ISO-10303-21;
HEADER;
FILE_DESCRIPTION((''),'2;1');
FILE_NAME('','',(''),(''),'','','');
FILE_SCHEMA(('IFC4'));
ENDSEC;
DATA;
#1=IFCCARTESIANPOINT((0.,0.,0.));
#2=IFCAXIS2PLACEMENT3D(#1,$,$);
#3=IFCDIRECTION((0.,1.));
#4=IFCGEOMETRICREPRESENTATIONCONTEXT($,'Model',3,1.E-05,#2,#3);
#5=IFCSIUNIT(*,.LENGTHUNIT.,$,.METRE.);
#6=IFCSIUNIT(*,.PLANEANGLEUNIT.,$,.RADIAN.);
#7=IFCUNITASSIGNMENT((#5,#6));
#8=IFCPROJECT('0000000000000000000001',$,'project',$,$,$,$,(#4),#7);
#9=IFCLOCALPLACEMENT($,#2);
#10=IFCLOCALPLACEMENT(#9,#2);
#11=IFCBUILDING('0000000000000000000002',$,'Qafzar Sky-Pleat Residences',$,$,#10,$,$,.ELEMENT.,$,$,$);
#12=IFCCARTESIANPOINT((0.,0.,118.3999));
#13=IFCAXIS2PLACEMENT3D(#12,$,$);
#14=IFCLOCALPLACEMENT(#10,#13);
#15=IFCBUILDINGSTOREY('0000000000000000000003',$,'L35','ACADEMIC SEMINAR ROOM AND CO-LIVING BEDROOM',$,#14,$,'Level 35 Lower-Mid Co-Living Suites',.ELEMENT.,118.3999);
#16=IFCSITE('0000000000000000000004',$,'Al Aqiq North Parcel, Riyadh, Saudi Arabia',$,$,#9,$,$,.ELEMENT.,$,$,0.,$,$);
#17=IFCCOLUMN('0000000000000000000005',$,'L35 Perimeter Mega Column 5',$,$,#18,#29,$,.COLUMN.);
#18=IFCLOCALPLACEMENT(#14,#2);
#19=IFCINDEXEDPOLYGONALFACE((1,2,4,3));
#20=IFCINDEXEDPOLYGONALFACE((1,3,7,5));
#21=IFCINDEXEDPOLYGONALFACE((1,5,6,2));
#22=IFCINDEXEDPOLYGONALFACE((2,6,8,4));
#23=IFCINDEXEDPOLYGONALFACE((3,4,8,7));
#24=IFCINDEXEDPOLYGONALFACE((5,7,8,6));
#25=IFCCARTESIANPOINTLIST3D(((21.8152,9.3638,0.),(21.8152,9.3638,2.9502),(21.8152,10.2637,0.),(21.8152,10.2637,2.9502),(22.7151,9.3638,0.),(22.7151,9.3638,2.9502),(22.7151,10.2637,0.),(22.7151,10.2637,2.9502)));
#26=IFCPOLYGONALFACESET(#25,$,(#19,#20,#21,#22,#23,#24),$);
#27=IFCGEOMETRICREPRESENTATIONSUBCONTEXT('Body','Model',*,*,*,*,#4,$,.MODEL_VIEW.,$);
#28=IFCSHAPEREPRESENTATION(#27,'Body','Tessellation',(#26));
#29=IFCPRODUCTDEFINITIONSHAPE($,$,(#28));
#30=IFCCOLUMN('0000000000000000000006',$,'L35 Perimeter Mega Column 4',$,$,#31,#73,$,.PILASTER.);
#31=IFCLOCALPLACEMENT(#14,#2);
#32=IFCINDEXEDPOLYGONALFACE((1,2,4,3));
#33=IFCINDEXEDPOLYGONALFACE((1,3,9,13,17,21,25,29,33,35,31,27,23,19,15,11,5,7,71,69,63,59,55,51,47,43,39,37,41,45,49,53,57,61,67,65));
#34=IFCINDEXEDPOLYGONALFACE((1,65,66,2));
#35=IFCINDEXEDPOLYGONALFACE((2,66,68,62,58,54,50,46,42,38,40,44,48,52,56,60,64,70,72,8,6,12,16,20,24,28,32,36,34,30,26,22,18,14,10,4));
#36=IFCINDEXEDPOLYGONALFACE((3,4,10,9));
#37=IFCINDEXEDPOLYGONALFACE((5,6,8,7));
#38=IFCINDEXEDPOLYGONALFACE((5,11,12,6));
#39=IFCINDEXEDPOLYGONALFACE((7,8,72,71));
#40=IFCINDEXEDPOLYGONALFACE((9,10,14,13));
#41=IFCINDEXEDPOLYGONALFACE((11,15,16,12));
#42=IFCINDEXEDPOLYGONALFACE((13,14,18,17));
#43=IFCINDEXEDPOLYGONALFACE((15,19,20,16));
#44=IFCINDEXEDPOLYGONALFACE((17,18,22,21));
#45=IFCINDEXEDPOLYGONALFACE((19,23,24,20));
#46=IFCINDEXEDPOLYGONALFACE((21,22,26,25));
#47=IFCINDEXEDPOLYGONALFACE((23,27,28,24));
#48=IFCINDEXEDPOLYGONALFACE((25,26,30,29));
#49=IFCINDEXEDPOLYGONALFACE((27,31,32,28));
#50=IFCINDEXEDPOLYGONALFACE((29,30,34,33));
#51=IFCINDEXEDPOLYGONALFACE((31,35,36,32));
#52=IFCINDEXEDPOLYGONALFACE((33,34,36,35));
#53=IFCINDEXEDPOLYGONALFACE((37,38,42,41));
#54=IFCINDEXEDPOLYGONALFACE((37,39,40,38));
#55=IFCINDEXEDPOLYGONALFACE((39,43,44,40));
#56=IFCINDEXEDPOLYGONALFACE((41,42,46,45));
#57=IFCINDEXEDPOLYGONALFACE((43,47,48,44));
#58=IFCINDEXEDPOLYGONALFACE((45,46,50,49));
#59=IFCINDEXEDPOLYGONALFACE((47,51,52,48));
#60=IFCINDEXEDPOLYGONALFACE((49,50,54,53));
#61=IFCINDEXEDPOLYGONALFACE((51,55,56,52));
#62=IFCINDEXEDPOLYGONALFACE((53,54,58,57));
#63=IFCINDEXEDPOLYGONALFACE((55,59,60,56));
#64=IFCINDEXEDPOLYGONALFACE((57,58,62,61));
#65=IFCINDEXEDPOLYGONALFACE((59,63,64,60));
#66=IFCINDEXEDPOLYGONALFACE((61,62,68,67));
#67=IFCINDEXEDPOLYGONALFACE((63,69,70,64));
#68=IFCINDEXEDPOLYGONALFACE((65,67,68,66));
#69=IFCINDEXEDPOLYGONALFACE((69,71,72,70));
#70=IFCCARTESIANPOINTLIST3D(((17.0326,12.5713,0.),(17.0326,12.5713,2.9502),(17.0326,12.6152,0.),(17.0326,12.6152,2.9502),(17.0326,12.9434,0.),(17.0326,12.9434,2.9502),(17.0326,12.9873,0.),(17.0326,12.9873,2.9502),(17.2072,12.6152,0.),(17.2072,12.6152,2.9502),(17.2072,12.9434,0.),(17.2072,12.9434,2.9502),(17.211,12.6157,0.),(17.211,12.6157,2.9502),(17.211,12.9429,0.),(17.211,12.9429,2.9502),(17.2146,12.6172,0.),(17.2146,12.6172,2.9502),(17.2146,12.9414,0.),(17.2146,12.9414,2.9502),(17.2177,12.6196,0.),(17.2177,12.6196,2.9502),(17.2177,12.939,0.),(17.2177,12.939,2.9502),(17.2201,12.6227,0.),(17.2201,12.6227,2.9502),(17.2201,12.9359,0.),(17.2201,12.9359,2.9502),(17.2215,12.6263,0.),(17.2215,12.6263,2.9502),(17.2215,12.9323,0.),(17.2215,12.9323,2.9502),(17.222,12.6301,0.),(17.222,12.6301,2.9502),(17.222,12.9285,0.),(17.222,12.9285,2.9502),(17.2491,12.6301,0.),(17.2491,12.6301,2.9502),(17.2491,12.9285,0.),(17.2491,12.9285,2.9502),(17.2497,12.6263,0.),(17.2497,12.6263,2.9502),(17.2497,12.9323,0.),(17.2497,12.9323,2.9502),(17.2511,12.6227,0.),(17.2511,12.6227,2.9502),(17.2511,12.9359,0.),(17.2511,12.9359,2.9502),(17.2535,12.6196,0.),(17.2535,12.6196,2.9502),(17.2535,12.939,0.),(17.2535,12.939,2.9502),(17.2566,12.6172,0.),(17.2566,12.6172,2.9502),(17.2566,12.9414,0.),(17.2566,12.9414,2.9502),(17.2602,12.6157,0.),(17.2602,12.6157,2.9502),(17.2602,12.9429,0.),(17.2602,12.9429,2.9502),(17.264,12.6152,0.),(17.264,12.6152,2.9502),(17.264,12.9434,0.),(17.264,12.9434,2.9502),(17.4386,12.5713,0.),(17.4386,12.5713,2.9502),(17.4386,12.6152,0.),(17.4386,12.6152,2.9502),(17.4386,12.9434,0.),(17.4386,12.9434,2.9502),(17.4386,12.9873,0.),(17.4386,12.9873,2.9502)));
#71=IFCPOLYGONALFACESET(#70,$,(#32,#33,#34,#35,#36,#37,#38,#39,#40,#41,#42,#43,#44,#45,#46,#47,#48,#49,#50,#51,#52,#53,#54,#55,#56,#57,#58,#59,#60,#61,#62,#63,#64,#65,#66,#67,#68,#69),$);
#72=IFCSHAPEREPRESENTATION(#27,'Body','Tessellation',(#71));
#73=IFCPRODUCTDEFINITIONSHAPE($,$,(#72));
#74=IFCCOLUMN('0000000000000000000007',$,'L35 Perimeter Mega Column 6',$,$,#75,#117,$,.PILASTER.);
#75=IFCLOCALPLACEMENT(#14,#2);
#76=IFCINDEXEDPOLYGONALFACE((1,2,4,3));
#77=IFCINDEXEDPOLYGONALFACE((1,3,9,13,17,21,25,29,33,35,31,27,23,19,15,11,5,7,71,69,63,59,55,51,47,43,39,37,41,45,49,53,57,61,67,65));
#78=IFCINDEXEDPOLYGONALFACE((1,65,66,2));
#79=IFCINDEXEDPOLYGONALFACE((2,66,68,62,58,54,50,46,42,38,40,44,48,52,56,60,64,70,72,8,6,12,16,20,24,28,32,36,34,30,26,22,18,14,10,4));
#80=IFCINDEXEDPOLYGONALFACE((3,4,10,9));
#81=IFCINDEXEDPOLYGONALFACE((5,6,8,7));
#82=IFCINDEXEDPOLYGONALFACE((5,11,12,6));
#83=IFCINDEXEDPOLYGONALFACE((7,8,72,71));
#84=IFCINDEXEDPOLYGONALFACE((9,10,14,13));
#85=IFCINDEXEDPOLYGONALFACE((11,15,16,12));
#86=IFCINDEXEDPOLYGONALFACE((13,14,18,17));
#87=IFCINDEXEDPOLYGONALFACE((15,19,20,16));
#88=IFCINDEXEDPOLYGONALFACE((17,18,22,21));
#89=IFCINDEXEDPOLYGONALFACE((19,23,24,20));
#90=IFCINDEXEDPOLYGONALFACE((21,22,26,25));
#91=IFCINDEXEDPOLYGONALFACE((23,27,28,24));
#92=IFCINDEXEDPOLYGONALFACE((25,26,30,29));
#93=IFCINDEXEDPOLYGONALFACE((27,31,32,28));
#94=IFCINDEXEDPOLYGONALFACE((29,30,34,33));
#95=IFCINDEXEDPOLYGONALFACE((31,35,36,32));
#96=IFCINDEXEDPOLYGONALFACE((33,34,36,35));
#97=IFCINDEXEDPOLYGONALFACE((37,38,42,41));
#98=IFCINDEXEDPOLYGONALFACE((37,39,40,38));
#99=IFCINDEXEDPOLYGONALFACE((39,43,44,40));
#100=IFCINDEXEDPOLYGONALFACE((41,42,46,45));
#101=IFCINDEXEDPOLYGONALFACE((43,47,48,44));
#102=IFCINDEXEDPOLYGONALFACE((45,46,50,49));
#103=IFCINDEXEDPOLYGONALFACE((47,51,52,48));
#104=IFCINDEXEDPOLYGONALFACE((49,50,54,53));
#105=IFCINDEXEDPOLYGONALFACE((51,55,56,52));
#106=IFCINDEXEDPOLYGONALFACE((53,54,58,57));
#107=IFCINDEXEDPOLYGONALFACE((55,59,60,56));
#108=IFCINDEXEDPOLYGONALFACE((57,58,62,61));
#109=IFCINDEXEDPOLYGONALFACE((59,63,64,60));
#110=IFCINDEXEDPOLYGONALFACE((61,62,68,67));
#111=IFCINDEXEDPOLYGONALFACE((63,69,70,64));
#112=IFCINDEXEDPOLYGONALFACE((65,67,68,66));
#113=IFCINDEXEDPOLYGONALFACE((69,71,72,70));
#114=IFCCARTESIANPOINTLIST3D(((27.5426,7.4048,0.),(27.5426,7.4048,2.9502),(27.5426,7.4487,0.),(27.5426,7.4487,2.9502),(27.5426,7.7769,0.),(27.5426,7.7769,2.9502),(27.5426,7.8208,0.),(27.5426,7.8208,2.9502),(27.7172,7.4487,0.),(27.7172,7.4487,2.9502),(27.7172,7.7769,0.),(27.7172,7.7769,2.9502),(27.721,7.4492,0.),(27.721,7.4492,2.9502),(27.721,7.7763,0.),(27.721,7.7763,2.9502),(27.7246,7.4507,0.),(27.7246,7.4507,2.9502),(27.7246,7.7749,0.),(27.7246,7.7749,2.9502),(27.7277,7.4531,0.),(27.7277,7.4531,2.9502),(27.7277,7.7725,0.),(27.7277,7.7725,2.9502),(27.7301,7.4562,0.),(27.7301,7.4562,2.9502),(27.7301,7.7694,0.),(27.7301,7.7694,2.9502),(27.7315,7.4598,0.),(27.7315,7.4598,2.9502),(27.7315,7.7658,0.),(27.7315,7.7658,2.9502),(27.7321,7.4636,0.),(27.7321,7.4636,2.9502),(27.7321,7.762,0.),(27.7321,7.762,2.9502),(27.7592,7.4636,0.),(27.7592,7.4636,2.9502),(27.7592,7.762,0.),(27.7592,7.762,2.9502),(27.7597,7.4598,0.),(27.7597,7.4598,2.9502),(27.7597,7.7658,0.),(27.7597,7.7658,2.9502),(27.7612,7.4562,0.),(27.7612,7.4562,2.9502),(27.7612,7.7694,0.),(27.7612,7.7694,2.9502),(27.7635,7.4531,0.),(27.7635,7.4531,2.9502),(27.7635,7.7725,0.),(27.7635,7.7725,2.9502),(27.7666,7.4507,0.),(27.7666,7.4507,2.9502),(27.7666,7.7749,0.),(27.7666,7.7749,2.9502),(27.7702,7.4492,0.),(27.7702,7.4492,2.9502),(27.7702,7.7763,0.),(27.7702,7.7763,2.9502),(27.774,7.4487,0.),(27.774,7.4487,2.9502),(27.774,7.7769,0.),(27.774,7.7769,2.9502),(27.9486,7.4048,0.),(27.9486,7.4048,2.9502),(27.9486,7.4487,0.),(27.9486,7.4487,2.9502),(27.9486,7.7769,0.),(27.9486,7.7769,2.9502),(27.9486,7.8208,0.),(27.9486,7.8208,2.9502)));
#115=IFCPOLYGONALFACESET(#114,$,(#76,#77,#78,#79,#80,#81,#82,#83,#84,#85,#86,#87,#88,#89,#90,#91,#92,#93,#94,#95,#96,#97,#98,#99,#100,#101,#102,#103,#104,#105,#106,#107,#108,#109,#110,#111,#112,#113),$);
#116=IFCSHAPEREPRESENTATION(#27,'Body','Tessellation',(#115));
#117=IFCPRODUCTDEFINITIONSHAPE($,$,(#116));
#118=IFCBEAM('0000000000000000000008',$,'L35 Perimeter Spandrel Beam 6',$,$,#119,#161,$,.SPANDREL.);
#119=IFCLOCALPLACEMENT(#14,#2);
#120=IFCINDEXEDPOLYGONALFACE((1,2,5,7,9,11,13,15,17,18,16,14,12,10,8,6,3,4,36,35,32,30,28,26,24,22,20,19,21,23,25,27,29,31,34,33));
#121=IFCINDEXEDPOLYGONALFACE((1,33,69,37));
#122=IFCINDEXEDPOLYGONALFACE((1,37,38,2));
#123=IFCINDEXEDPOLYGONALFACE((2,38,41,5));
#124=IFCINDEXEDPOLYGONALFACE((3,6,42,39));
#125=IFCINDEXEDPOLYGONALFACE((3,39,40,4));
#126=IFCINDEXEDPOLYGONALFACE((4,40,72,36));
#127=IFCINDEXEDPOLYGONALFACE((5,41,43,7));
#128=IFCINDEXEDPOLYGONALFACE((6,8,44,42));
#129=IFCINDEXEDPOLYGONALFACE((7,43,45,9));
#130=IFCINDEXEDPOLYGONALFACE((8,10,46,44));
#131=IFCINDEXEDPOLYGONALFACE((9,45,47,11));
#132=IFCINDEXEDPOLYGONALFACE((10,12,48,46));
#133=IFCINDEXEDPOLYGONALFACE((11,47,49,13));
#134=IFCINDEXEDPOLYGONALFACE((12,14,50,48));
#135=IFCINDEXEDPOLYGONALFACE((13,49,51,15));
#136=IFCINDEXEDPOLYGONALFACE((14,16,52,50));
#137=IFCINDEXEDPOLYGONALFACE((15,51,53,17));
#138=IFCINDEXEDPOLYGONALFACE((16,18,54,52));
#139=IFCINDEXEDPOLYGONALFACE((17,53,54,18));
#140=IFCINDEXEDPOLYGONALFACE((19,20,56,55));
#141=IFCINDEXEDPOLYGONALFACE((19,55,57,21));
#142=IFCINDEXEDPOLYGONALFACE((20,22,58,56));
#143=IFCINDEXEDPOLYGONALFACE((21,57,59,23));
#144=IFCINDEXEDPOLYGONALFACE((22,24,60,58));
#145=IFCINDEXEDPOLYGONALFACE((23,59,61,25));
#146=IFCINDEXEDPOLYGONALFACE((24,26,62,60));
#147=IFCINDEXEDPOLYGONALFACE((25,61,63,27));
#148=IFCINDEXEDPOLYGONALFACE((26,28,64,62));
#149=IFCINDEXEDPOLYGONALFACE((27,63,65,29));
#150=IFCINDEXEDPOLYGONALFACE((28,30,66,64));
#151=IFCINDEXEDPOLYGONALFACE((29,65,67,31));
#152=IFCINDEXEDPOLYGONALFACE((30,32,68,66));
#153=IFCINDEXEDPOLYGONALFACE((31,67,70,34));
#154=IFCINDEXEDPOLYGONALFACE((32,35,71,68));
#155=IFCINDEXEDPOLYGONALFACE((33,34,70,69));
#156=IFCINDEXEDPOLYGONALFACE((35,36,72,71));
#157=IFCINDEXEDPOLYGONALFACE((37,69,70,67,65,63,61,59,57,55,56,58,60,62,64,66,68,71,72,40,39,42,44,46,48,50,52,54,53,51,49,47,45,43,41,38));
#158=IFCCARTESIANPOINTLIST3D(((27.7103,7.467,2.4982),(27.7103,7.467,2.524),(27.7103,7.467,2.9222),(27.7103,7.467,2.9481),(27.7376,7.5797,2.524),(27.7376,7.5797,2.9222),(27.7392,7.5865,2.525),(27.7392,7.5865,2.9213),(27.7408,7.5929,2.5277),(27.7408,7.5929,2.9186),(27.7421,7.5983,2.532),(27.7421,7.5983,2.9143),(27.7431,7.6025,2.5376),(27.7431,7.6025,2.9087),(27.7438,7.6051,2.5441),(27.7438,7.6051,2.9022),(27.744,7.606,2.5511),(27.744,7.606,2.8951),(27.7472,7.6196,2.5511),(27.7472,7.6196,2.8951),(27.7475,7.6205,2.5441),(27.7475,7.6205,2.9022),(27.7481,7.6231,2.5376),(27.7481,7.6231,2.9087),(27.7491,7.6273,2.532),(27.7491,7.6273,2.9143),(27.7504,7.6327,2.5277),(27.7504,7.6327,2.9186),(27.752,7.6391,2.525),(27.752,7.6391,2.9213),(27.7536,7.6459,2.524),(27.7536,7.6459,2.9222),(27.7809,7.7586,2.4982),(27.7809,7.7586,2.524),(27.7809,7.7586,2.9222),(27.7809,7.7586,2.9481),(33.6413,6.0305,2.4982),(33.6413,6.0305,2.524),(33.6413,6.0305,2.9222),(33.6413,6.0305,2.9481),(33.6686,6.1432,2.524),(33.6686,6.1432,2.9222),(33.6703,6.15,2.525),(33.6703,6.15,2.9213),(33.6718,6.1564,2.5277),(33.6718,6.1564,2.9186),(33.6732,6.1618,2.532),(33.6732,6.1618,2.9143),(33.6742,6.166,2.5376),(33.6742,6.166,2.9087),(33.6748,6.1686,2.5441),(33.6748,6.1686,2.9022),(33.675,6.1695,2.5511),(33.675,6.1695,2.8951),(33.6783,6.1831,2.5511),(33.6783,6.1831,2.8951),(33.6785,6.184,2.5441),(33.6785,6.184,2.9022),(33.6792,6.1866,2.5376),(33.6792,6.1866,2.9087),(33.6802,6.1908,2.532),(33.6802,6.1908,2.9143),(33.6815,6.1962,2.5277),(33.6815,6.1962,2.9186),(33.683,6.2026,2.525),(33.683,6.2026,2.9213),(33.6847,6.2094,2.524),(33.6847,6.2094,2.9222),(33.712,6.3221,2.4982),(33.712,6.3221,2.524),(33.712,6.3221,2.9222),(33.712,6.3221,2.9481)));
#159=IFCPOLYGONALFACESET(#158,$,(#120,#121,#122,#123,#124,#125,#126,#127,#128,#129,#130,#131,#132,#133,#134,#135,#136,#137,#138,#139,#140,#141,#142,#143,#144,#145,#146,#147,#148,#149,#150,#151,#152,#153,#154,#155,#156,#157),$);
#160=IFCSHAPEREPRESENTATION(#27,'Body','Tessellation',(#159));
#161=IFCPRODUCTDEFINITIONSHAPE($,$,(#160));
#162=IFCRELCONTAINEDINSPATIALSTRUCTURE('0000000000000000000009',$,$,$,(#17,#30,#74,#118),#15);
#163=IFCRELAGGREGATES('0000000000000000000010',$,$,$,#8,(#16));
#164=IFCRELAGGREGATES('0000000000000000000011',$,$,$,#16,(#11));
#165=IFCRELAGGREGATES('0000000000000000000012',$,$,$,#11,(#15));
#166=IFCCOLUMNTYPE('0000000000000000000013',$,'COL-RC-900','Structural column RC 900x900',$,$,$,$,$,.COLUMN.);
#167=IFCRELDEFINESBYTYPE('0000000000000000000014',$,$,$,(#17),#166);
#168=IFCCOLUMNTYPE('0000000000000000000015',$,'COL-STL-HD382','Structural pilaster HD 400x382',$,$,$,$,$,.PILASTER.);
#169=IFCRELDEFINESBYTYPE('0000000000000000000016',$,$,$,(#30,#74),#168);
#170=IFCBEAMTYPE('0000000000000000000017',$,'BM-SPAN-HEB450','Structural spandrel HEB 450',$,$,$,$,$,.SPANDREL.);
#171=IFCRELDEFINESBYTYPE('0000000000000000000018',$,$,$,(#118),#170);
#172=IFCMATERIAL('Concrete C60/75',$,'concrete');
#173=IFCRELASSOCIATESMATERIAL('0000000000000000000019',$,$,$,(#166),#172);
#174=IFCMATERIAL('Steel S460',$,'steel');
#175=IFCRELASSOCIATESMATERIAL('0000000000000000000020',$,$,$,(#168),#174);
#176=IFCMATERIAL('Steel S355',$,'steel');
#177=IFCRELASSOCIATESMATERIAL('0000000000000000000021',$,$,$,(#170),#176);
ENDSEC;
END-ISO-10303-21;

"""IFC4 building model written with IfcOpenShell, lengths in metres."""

from ifc_helpers import new_model, si_unit, direction, frame, origin, origin_2d, place, context, subcontext, project, spatial, rectangle, i_section, extrude, source, transform, mapped, material, material_profile, profile_set, type_object, element, save


model = new_model("IFC4")

# Units and contexts
model_context = context("Model", 3, precision=1e-05, world=origin(), true_north=direction((0.0, 1.0)))
body_context = subcontext(model_context, "Body", "Model", "MODEL_VIEW")
ifc_project = project(units=[si_unit("LENGTHUNIT", "METRE"), si_unit("PLANEANGLEUNIT", "RADIAN")], contexts=[model_context])

# Site, building, storey
site_placement = place(None, origin())
site = spatial("IfcSite", under=ifc_project, at=site_placement, Name="Al Aqiq North Parcel, Riyadh, Saudi Arabia", CompositionType="ELEMENT", RefElevation=0.0)
building_placement = place(site_placement, origin())
building = spatial("IfcBuilding", under=site, at=building_placement, Name="Qafzar Sky-Pleat Residences", CompositionType="ELEMENT")
storey_placement = place(building_placement, frame((0.0, 0.0, 118.3999)))
storey = spatial("IfcBuildingStorey", under=building, at=storey_placement, Name="L35", Description="ACADEMIC SEMINAR ROOM AND CO-LIVING BEDROOM", LongName="Level 35 Lower-Mid Co-Living Suites", CompositionType="ELEMENT", Elevation=118.3999)

# Columns
ifc_material_1 = material(Name="Concrete C60/75", Category="concrete")
ifc_material_profile_1 = material_profile(ifc_material_1, rectangle(XDim=0.8999, YDim=0.8999, at=origin_2d()), Name="RC 900x900")
ifc_profile_set_1 = profile_set([ifc_material_profile_1], Name="Concrete C60/75")
column_type_1 = type_object("IfcColumnType", Name="COL-RC-900", Description="Structural column RC 900x900", PredefinedType="COLUMN", material=ifc_profile_set_1)
shared_shape_1 = source(origin(), body_context, "Body", "SweptSolid", [
    extrude(rectangle(XDim=0.8999, YDim=0.8999, at=origin_2d()), origin(), (0.0, 0.0, 1.0), 2.9502),
])
column_placement = place(storey_placement, frame((22.2651, 9.8137, 0.0), z_axis=(0.0, 0.0, 1.0), x_axis=(1.0, 0.0, 0.0)))
element("IfcColumn", 1, at=column_placement, inside=storey, type_object=column_type_1, Name="L35 Perimeter Mega Column 5", PredefinedType="COLUMN", context=body_context, shape_type="MappedRepresentation", body=[
    mapped(shared_shape_1, transform((0.0, 0.0, 0.0), x_axis=(1.0, 0.0, 0.0), y_axis=(0.0, 1.0, 0.0), z_axis=(0.0, 0.0, 1.0), scale=1.0)),
])
ifc_material_2 = material(Name="Steel S460", Category="steel")
ifc_material_profile_2 = material_profile(ifc_material_2, i_section(OverallWidth=0.406, OverallDepth=0.416, WebThickness=0.0271, FlangeThickness=0.0439, FilletRadius=0.0149, at=origin_2d()), Name="HD 400x382")
ifc_profile_set_2 = profile_set([ifc_material_profile_2], Name="Steel S460")
column_type_2 = type_object("IfcColumnType", Name="COL-STL-HD382", Description="Structural pilaster HD 400x382", PredefinedType="PILASTER", material=ifc_profile_set_2)
shared_shape_2 = source(origin(), body_context, "Body", "SweptSolid", [
    extrude(i_section(OverallWidth=0.406, OverallDepth=0.416, WebThickness=0.0271, FlangeThickness=0.0439, FilletRadius=0.0149, at=origin_2d()), origin(), (0.0, 0.0, 1.0), 2.9502),
])
for number, where, z_axis, x_axis, name in (
    (2, (17.2356, 12.7793, 0.0), (0.0, 0.0, 1.0), (1.0, 0.0, 0.0), "L35 Perimeter Mega Column 4"),
    (3, (27.7456, 7.6128, 0.0), (0.0, 0.0, 1.0), (1.0, 0.0, 0.0), "L35 Perimeter Mega Column 6"),
):
    element("IfcColumn", number, at=place(storey_placement, frame(where, z_axis=z_axis, x_axis=x_axis)), inside=storey, type_object=column_type_2, Name=name, PredefinedType="PILASTER", context=body_context, shape_type="MappedRepresentation", body=[
        mapped(shared_shape_2, transform((0.0, 0.0, 0.0), x_axis=(1.0, 0.0, 0.0), y_axis=(0.0, 1.0, 0.0), z_axis=(0.0, 0.0, 1.0), scale=1.0)),
    ])

# Beam
ifc_material_3 = material(Name="Steel S355", Category="steel")
ifc_material_profile_3 = material_profile(ifc_material_3, i_section(OverallWidth=0.3, OverallDepth=0.45, WebThickness=0.0139, FlangeThickness=0.0259, FilletRadius=0.0271, at=origin_2d()), Name="HEB 450")
ifc_profile_set_3 = profile_set([ifc_material_profile_3], Name="Steel S355")
beam_type_1 = type_object("IfcBeamType", Name="BM-SPAN-HEB450", Description="Structural spandrel HEB 450", PredefinedType="SPANDREL", material=ifc_profile_set_3)
shared_shape_3 = source(origin(), body_context, "Body", "SweptSolid", [
    extrude(i_section(OverallWidth=0.3, OverallDepth=0.45, WebThickness=0.0139, FlangeThickness=0.0259, FilletRadius=0.0271, at=origin_2d()), origin(), (0.0, 0.0, 1.0), 6.1025),
])
beam_1_placement = place(storey_placement, frame((27.7456, 7.6128, 2.7231), z_axis=(0.9719, -0.235394, 0.0), x_axis=(0.235394, 0.9719, 0.0)))
element("IfcBeam", 4, at=beam_1_placement, inside=storey, type_object=beam_type_1, Name="L35 Perimeter Spandrel Beam 6", PredefinedType="SPANDREL", context=body_context, shape_type="MappedRepresentation", body=[
    mapped(shared_shape_3, transform((0.0, 0.0, 0.0), x_axis=(1.0, 0.0, 0.0), y_axis=(0.0, 1.0, 0.0), z_axis=(0.0, 0.0, 1.0), scale=1.0)),
])

save(model, "model.ifc")
